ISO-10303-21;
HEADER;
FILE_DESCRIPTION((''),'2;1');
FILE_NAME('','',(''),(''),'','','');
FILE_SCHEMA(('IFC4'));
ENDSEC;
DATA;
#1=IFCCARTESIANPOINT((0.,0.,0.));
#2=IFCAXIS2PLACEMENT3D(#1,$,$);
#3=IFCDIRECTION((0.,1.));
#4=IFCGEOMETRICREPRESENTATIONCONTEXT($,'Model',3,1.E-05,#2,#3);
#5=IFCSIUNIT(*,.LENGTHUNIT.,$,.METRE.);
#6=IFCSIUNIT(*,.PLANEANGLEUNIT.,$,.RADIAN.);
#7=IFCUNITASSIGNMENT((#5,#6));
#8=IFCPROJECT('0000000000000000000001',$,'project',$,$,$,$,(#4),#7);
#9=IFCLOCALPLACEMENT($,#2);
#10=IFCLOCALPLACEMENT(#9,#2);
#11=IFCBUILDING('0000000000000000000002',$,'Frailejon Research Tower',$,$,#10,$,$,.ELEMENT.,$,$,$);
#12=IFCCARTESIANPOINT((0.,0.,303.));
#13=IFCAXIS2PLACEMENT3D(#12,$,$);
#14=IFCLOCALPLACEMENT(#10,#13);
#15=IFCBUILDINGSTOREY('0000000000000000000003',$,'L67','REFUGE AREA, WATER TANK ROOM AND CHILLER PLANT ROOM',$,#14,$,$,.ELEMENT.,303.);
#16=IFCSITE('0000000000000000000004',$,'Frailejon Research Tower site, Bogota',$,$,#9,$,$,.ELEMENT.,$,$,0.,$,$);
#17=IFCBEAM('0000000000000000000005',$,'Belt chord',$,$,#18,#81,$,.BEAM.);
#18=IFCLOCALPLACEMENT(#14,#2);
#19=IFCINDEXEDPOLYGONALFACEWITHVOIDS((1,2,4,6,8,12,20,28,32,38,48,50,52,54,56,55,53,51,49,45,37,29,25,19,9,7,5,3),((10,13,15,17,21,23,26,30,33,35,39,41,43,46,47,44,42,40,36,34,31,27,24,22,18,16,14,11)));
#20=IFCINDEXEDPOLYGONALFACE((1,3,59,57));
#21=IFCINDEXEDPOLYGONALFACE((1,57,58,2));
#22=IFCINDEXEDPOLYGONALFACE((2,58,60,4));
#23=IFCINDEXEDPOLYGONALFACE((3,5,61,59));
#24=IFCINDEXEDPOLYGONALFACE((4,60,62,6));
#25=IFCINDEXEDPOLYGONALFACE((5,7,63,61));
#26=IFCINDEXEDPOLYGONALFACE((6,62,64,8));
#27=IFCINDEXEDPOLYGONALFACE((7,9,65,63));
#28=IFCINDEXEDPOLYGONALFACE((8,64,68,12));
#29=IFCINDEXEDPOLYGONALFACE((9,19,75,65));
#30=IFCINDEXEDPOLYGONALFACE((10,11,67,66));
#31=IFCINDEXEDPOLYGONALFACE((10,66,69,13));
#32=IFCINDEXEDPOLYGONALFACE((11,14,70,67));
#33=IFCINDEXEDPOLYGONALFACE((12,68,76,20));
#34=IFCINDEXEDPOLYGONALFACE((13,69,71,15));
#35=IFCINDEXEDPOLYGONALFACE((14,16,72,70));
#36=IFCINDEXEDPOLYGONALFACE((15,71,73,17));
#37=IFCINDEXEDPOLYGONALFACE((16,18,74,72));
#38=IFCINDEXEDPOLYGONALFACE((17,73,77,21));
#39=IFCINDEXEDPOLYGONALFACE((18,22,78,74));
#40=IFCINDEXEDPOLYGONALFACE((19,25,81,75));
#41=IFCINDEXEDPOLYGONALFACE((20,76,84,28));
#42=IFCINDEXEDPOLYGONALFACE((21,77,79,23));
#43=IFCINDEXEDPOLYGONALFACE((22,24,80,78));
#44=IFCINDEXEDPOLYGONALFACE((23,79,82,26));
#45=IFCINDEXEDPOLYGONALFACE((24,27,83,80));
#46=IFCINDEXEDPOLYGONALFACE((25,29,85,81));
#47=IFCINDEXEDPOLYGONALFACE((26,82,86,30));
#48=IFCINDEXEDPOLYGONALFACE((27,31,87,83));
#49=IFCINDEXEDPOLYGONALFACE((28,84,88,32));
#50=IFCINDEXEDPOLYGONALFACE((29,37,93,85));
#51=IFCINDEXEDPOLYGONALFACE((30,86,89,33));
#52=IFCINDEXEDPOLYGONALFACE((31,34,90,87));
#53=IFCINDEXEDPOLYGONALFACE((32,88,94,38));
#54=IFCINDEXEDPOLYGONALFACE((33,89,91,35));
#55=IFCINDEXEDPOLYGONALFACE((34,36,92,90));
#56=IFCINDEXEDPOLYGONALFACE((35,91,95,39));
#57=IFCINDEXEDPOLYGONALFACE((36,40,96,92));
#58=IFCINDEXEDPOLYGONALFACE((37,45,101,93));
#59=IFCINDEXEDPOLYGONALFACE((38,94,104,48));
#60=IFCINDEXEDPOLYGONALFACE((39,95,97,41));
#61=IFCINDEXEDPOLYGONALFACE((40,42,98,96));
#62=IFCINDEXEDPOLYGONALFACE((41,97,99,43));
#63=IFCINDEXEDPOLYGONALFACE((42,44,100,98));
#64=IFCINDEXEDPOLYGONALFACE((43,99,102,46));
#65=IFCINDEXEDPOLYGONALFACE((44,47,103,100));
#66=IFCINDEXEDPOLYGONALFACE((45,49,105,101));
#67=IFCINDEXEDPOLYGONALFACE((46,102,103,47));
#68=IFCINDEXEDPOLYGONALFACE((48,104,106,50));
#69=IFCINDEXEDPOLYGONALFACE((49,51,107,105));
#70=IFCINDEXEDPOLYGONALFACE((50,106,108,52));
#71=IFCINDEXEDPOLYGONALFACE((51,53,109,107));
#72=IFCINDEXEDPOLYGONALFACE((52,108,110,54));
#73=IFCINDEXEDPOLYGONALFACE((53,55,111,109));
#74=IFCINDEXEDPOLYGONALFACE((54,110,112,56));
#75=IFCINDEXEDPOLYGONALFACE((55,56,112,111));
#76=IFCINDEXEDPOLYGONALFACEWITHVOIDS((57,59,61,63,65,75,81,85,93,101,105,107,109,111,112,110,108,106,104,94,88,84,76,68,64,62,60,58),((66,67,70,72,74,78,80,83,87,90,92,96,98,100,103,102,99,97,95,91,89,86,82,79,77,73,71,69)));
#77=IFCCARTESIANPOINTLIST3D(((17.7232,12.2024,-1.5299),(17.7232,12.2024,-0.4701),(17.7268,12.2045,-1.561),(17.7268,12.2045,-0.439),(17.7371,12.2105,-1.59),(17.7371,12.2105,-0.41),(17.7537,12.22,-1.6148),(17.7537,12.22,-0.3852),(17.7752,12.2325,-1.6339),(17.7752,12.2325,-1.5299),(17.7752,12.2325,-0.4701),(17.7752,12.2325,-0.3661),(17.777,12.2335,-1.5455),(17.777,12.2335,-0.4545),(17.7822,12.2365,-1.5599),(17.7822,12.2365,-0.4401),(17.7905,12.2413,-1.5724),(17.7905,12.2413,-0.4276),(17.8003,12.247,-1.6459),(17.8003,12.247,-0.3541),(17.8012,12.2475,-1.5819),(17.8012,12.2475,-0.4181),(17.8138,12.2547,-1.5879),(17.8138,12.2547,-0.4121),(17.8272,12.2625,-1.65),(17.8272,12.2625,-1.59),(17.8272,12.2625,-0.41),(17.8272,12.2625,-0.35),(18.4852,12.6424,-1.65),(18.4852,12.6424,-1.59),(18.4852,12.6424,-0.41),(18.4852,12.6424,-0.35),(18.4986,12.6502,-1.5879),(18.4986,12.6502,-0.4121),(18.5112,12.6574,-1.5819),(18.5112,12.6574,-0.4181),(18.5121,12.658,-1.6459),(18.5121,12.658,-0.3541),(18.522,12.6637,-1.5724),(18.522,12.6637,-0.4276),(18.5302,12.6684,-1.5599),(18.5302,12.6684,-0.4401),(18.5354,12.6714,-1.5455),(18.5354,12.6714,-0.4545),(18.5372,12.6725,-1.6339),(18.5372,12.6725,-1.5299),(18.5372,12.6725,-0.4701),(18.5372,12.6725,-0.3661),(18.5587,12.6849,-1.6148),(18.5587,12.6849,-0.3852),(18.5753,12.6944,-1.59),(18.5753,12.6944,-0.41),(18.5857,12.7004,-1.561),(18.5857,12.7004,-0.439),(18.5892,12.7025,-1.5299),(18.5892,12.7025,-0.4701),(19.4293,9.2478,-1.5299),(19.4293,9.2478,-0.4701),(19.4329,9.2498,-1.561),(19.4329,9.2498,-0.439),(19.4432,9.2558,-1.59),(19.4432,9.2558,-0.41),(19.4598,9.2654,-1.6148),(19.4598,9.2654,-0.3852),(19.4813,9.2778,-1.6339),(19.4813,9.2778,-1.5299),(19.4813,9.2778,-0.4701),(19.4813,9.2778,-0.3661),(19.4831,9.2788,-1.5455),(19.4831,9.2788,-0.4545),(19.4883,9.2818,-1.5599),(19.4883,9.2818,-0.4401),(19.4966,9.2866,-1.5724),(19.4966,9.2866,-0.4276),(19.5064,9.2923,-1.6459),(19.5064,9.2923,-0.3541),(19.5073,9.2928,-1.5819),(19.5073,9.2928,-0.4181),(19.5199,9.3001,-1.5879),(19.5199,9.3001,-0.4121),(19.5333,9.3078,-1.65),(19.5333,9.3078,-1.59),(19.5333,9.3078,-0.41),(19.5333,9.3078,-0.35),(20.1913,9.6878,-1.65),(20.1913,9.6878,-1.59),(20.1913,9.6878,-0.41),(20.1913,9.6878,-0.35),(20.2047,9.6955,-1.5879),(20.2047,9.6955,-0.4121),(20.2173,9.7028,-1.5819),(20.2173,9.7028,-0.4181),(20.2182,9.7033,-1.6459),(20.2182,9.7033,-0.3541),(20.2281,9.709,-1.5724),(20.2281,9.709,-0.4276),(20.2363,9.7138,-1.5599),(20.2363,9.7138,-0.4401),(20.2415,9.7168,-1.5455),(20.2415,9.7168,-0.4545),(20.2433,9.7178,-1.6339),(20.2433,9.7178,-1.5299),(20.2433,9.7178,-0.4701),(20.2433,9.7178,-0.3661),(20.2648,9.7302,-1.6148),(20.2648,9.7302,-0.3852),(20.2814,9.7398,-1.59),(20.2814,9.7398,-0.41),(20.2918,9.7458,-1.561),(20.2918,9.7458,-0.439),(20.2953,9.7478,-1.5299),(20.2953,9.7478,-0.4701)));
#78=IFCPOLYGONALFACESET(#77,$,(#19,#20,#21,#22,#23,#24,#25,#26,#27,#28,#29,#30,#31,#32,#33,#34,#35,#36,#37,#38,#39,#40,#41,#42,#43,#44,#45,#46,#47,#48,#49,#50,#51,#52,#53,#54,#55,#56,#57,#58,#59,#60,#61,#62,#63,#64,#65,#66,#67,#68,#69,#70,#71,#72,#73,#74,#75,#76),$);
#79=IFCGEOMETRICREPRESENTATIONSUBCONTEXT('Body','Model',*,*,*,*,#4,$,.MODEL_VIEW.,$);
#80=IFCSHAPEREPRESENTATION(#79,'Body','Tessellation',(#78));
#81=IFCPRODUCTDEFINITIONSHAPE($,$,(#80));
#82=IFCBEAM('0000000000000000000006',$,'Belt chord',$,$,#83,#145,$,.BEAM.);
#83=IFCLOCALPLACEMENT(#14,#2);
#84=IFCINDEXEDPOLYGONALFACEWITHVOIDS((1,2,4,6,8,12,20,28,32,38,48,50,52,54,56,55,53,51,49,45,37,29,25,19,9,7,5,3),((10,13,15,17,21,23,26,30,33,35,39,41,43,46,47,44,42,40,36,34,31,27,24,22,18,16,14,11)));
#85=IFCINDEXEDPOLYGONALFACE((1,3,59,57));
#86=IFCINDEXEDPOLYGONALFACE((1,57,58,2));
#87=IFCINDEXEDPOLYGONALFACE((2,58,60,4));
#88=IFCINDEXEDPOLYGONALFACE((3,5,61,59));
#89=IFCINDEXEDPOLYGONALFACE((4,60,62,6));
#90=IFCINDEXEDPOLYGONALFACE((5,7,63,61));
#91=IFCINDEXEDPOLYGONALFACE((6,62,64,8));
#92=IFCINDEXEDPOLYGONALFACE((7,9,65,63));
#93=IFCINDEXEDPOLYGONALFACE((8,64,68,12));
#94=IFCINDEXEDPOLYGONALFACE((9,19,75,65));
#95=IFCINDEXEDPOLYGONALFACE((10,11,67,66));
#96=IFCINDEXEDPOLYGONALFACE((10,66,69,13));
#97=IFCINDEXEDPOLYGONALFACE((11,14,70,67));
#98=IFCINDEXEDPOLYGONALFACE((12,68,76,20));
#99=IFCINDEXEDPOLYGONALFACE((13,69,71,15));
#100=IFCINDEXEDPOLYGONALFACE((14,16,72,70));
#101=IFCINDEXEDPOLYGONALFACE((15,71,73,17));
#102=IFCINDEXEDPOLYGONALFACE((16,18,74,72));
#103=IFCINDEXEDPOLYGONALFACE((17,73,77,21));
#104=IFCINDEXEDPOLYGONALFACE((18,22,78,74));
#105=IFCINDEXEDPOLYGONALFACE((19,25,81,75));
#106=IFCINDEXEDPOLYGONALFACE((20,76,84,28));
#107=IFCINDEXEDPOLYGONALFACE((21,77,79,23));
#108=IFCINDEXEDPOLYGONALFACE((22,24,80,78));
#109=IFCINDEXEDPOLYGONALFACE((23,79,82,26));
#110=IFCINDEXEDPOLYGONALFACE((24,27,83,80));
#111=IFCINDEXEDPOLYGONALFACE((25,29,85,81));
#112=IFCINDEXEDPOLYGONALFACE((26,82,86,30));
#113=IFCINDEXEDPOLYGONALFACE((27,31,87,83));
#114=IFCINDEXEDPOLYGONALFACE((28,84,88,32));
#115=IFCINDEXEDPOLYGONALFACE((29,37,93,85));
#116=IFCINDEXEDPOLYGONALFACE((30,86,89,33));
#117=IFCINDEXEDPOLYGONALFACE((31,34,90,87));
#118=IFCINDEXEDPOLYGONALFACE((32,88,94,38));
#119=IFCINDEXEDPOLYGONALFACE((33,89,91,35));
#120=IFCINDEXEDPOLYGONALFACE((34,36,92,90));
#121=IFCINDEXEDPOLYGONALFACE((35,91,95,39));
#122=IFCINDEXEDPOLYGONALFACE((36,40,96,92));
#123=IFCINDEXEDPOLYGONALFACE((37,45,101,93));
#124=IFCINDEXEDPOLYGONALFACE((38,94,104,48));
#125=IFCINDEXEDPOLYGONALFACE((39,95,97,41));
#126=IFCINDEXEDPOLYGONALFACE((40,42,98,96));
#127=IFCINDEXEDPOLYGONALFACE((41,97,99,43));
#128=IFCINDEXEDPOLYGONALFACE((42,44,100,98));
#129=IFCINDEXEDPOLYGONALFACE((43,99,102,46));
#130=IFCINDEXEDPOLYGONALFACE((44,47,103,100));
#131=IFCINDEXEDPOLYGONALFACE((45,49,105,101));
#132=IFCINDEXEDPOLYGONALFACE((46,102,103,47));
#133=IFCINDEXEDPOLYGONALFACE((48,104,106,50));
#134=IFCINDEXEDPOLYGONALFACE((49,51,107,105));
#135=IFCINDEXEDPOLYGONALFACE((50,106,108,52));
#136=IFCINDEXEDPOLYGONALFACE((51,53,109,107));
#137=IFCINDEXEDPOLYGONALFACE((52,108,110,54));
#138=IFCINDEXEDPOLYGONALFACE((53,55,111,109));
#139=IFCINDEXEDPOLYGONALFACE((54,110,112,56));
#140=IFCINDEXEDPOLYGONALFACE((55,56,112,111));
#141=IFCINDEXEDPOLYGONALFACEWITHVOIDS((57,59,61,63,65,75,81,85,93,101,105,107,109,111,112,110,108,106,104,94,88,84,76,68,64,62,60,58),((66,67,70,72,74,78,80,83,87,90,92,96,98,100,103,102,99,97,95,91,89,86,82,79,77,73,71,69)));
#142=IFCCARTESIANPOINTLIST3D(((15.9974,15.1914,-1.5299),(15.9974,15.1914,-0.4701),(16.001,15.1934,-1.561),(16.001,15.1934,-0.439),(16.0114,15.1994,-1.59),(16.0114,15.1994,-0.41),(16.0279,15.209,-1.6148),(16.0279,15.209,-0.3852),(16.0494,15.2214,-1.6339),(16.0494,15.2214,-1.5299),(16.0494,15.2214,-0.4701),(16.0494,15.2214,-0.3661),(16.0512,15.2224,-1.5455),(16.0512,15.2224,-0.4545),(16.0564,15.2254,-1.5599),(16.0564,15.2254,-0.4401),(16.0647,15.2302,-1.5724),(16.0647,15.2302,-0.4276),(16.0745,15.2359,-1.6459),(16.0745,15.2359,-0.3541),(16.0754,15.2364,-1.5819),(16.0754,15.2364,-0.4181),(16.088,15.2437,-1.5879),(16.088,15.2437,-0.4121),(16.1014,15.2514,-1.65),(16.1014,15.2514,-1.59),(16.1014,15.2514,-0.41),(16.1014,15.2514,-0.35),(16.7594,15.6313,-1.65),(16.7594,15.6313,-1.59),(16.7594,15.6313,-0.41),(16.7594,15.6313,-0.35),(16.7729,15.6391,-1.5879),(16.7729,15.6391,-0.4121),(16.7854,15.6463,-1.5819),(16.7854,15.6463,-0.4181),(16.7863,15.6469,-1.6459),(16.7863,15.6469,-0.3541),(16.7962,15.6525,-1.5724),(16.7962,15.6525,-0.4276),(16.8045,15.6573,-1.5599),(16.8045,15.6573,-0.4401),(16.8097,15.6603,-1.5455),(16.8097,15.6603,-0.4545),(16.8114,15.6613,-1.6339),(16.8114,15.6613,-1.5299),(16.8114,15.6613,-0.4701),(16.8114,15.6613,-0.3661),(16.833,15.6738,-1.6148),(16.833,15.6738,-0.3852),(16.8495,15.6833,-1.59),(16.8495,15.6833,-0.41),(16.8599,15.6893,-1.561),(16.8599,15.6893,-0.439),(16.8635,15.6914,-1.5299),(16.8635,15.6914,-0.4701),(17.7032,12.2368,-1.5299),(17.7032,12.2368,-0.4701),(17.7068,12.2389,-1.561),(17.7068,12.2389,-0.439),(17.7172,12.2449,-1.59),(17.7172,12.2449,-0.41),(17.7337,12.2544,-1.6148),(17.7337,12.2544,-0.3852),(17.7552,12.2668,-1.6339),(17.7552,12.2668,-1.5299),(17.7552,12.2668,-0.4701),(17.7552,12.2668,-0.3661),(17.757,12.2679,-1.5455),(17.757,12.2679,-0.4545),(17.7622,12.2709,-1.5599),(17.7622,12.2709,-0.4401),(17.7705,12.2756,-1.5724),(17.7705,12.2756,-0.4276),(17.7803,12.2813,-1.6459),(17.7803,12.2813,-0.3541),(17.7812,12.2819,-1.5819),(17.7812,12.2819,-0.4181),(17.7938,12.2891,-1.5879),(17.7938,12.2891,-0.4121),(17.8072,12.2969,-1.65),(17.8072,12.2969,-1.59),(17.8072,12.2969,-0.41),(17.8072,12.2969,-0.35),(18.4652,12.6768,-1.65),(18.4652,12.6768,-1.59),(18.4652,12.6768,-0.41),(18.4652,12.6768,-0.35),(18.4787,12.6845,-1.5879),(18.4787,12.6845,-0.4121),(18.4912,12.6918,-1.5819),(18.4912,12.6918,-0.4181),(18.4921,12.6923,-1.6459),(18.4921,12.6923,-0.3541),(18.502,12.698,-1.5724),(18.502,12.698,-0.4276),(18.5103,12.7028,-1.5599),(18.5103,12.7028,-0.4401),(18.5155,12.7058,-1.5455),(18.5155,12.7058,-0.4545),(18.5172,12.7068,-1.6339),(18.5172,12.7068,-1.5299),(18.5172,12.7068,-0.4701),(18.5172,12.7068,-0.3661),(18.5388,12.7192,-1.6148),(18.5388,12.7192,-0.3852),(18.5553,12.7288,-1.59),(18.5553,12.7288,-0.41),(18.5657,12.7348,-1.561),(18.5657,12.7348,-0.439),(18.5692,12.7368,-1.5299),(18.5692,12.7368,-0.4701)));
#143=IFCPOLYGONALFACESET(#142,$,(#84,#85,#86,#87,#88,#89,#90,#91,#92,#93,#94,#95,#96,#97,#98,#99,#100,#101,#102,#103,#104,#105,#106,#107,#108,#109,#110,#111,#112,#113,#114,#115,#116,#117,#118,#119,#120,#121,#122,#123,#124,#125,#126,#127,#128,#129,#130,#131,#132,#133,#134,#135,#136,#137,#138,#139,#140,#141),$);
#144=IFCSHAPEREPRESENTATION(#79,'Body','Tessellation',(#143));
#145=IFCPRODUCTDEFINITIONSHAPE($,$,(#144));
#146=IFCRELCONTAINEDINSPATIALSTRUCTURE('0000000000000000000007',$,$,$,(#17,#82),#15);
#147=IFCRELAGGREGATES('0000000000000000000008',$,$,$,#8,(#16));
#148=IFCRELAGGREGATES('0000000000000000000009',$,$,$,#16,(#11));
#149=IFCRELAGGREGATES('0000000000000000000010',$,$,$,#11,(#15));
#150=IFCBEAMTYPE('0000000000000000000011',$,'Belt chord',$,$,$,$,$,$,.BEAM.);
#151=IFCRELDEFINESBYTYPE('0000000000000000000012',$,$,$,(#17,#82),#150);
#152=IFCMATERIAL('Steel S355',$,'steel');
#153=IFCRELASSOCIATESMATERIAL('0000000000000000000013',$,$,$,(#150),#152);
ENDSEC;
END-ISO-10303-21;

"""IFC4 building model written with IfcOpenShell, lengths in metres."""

from ifc_helpers import new_model, si_unit, direction, frame, origin, origin_2d, place, context, subcontext, project, spatial, hollow_rectangle, extrude, material, material_profile, profile_set, type_object, element, save


model = new_model("IFC4")

# Units and contexts
model_context = context("Model", 3, precision=1e-05, world=origin(), true_north=direction((0.0, 1.0)))
body_context = subcontext(model_context, "Body", "Model", "MODEL_VIEW")
ifc_project = project(units=[si_unit("LENGTHUNIT", "METRE"), si_unit("PLANEANGLEUNIT", "RADIAN")], contexts=[model_context])

# Site, building, storey
site_placement = place(None, origin())
site = spatial("IfcSite", under=ifc_project, at=site_placement, Name="Frailejon Research Tower site, Bogota", CompositionType="ELEMENT", RefElevation=0.0)
building_placement = place(site_placement, origin())
building = spatial("IfcBuilding", under=site, at=building_placement, Name="Frailejon Research Tower", CompositionType="ELEMENT")
storey_placement = place(building_placement, frame((0.0, 0.0, 303.0)))
storey = spatial("IfcBuildingStorey", under=building, at=storey_placement, Name="L67", Description="REFUGE AREA, WATER TANK ROOM AND CHILLER PLANT ROOM", CompositionType="ELEMENT", Elevation=303.0)

# Beams
ifc_material_1 = material(Name="Steel S355", Category="steel")
ifc_material_profile_1 = material_profile(ifc_material_1, hollow_rectangle(XDim=1.0, YDim=1.3, WallThickness=0.0601, InnerFilletRadius=0.0601, OuterFilletRadius=0.1201, at=origin_2d()), Name="Belt chord")
ifc_profile_set_1 = profile_set([ifc_material_profile_1], Name="Steel S355")
beam_type_1 = type_object("IfcBeamType", Name="Belt chord", PredefinedType="BEAM", material=ifc_profile_set_1)
beam_1_placement = place(storey_placement, frame((19.8623, 9.4978, -1.0), z_axis=(-0.500049, 0.865997, 0.0), x_axis=(-0.865997, -0.500049, 0.0)))
element("IfcBeam", 1, at=beam_1_placement, inside=storey, type_object=beam_type_1, Name="Belt chord", PredefinedType="BEAM", context=body_context, shape_type="SweptSolid", body=[
    extrude(hollow_rectangle(XDim=1.0, YDim=1.3, WallThickness=0.0601, InnerFilletRadius=0.0601, OuterFilletRadius=0.1201, at=origin_2d()), origin(), (0.0, 0.0, 1.0), 3.4119),
])
for number, where, z_axis, x_axis, name in (
    (2, (18.1362, 12.4868, -1.0), (-0.499995, 0.866028, 0.0), (-0.866028, -0.499995, 0.0), "Belt chord"),
):
    element("IfcBeam", number, at=place(storey_placement, frame(where, z_axis=z_axis, x_axis=x_axis)), inside=storey, type_object=beam_type_1, Name=name, PredefinedType="BEAM", context=body_context, shape_type="SweptSolid", body=[
        extrude(hollow_rectangle(XDim=1.0, YDim=1.3, WallThickness=0.0601, InnerFilletRadius=0.0601, OuterFilletRadius=0.1201, at=origin_2d()), origin(), (0.0, 0.0, 1.0), 3.4116),
    ])

save(model, "model.ifc")
